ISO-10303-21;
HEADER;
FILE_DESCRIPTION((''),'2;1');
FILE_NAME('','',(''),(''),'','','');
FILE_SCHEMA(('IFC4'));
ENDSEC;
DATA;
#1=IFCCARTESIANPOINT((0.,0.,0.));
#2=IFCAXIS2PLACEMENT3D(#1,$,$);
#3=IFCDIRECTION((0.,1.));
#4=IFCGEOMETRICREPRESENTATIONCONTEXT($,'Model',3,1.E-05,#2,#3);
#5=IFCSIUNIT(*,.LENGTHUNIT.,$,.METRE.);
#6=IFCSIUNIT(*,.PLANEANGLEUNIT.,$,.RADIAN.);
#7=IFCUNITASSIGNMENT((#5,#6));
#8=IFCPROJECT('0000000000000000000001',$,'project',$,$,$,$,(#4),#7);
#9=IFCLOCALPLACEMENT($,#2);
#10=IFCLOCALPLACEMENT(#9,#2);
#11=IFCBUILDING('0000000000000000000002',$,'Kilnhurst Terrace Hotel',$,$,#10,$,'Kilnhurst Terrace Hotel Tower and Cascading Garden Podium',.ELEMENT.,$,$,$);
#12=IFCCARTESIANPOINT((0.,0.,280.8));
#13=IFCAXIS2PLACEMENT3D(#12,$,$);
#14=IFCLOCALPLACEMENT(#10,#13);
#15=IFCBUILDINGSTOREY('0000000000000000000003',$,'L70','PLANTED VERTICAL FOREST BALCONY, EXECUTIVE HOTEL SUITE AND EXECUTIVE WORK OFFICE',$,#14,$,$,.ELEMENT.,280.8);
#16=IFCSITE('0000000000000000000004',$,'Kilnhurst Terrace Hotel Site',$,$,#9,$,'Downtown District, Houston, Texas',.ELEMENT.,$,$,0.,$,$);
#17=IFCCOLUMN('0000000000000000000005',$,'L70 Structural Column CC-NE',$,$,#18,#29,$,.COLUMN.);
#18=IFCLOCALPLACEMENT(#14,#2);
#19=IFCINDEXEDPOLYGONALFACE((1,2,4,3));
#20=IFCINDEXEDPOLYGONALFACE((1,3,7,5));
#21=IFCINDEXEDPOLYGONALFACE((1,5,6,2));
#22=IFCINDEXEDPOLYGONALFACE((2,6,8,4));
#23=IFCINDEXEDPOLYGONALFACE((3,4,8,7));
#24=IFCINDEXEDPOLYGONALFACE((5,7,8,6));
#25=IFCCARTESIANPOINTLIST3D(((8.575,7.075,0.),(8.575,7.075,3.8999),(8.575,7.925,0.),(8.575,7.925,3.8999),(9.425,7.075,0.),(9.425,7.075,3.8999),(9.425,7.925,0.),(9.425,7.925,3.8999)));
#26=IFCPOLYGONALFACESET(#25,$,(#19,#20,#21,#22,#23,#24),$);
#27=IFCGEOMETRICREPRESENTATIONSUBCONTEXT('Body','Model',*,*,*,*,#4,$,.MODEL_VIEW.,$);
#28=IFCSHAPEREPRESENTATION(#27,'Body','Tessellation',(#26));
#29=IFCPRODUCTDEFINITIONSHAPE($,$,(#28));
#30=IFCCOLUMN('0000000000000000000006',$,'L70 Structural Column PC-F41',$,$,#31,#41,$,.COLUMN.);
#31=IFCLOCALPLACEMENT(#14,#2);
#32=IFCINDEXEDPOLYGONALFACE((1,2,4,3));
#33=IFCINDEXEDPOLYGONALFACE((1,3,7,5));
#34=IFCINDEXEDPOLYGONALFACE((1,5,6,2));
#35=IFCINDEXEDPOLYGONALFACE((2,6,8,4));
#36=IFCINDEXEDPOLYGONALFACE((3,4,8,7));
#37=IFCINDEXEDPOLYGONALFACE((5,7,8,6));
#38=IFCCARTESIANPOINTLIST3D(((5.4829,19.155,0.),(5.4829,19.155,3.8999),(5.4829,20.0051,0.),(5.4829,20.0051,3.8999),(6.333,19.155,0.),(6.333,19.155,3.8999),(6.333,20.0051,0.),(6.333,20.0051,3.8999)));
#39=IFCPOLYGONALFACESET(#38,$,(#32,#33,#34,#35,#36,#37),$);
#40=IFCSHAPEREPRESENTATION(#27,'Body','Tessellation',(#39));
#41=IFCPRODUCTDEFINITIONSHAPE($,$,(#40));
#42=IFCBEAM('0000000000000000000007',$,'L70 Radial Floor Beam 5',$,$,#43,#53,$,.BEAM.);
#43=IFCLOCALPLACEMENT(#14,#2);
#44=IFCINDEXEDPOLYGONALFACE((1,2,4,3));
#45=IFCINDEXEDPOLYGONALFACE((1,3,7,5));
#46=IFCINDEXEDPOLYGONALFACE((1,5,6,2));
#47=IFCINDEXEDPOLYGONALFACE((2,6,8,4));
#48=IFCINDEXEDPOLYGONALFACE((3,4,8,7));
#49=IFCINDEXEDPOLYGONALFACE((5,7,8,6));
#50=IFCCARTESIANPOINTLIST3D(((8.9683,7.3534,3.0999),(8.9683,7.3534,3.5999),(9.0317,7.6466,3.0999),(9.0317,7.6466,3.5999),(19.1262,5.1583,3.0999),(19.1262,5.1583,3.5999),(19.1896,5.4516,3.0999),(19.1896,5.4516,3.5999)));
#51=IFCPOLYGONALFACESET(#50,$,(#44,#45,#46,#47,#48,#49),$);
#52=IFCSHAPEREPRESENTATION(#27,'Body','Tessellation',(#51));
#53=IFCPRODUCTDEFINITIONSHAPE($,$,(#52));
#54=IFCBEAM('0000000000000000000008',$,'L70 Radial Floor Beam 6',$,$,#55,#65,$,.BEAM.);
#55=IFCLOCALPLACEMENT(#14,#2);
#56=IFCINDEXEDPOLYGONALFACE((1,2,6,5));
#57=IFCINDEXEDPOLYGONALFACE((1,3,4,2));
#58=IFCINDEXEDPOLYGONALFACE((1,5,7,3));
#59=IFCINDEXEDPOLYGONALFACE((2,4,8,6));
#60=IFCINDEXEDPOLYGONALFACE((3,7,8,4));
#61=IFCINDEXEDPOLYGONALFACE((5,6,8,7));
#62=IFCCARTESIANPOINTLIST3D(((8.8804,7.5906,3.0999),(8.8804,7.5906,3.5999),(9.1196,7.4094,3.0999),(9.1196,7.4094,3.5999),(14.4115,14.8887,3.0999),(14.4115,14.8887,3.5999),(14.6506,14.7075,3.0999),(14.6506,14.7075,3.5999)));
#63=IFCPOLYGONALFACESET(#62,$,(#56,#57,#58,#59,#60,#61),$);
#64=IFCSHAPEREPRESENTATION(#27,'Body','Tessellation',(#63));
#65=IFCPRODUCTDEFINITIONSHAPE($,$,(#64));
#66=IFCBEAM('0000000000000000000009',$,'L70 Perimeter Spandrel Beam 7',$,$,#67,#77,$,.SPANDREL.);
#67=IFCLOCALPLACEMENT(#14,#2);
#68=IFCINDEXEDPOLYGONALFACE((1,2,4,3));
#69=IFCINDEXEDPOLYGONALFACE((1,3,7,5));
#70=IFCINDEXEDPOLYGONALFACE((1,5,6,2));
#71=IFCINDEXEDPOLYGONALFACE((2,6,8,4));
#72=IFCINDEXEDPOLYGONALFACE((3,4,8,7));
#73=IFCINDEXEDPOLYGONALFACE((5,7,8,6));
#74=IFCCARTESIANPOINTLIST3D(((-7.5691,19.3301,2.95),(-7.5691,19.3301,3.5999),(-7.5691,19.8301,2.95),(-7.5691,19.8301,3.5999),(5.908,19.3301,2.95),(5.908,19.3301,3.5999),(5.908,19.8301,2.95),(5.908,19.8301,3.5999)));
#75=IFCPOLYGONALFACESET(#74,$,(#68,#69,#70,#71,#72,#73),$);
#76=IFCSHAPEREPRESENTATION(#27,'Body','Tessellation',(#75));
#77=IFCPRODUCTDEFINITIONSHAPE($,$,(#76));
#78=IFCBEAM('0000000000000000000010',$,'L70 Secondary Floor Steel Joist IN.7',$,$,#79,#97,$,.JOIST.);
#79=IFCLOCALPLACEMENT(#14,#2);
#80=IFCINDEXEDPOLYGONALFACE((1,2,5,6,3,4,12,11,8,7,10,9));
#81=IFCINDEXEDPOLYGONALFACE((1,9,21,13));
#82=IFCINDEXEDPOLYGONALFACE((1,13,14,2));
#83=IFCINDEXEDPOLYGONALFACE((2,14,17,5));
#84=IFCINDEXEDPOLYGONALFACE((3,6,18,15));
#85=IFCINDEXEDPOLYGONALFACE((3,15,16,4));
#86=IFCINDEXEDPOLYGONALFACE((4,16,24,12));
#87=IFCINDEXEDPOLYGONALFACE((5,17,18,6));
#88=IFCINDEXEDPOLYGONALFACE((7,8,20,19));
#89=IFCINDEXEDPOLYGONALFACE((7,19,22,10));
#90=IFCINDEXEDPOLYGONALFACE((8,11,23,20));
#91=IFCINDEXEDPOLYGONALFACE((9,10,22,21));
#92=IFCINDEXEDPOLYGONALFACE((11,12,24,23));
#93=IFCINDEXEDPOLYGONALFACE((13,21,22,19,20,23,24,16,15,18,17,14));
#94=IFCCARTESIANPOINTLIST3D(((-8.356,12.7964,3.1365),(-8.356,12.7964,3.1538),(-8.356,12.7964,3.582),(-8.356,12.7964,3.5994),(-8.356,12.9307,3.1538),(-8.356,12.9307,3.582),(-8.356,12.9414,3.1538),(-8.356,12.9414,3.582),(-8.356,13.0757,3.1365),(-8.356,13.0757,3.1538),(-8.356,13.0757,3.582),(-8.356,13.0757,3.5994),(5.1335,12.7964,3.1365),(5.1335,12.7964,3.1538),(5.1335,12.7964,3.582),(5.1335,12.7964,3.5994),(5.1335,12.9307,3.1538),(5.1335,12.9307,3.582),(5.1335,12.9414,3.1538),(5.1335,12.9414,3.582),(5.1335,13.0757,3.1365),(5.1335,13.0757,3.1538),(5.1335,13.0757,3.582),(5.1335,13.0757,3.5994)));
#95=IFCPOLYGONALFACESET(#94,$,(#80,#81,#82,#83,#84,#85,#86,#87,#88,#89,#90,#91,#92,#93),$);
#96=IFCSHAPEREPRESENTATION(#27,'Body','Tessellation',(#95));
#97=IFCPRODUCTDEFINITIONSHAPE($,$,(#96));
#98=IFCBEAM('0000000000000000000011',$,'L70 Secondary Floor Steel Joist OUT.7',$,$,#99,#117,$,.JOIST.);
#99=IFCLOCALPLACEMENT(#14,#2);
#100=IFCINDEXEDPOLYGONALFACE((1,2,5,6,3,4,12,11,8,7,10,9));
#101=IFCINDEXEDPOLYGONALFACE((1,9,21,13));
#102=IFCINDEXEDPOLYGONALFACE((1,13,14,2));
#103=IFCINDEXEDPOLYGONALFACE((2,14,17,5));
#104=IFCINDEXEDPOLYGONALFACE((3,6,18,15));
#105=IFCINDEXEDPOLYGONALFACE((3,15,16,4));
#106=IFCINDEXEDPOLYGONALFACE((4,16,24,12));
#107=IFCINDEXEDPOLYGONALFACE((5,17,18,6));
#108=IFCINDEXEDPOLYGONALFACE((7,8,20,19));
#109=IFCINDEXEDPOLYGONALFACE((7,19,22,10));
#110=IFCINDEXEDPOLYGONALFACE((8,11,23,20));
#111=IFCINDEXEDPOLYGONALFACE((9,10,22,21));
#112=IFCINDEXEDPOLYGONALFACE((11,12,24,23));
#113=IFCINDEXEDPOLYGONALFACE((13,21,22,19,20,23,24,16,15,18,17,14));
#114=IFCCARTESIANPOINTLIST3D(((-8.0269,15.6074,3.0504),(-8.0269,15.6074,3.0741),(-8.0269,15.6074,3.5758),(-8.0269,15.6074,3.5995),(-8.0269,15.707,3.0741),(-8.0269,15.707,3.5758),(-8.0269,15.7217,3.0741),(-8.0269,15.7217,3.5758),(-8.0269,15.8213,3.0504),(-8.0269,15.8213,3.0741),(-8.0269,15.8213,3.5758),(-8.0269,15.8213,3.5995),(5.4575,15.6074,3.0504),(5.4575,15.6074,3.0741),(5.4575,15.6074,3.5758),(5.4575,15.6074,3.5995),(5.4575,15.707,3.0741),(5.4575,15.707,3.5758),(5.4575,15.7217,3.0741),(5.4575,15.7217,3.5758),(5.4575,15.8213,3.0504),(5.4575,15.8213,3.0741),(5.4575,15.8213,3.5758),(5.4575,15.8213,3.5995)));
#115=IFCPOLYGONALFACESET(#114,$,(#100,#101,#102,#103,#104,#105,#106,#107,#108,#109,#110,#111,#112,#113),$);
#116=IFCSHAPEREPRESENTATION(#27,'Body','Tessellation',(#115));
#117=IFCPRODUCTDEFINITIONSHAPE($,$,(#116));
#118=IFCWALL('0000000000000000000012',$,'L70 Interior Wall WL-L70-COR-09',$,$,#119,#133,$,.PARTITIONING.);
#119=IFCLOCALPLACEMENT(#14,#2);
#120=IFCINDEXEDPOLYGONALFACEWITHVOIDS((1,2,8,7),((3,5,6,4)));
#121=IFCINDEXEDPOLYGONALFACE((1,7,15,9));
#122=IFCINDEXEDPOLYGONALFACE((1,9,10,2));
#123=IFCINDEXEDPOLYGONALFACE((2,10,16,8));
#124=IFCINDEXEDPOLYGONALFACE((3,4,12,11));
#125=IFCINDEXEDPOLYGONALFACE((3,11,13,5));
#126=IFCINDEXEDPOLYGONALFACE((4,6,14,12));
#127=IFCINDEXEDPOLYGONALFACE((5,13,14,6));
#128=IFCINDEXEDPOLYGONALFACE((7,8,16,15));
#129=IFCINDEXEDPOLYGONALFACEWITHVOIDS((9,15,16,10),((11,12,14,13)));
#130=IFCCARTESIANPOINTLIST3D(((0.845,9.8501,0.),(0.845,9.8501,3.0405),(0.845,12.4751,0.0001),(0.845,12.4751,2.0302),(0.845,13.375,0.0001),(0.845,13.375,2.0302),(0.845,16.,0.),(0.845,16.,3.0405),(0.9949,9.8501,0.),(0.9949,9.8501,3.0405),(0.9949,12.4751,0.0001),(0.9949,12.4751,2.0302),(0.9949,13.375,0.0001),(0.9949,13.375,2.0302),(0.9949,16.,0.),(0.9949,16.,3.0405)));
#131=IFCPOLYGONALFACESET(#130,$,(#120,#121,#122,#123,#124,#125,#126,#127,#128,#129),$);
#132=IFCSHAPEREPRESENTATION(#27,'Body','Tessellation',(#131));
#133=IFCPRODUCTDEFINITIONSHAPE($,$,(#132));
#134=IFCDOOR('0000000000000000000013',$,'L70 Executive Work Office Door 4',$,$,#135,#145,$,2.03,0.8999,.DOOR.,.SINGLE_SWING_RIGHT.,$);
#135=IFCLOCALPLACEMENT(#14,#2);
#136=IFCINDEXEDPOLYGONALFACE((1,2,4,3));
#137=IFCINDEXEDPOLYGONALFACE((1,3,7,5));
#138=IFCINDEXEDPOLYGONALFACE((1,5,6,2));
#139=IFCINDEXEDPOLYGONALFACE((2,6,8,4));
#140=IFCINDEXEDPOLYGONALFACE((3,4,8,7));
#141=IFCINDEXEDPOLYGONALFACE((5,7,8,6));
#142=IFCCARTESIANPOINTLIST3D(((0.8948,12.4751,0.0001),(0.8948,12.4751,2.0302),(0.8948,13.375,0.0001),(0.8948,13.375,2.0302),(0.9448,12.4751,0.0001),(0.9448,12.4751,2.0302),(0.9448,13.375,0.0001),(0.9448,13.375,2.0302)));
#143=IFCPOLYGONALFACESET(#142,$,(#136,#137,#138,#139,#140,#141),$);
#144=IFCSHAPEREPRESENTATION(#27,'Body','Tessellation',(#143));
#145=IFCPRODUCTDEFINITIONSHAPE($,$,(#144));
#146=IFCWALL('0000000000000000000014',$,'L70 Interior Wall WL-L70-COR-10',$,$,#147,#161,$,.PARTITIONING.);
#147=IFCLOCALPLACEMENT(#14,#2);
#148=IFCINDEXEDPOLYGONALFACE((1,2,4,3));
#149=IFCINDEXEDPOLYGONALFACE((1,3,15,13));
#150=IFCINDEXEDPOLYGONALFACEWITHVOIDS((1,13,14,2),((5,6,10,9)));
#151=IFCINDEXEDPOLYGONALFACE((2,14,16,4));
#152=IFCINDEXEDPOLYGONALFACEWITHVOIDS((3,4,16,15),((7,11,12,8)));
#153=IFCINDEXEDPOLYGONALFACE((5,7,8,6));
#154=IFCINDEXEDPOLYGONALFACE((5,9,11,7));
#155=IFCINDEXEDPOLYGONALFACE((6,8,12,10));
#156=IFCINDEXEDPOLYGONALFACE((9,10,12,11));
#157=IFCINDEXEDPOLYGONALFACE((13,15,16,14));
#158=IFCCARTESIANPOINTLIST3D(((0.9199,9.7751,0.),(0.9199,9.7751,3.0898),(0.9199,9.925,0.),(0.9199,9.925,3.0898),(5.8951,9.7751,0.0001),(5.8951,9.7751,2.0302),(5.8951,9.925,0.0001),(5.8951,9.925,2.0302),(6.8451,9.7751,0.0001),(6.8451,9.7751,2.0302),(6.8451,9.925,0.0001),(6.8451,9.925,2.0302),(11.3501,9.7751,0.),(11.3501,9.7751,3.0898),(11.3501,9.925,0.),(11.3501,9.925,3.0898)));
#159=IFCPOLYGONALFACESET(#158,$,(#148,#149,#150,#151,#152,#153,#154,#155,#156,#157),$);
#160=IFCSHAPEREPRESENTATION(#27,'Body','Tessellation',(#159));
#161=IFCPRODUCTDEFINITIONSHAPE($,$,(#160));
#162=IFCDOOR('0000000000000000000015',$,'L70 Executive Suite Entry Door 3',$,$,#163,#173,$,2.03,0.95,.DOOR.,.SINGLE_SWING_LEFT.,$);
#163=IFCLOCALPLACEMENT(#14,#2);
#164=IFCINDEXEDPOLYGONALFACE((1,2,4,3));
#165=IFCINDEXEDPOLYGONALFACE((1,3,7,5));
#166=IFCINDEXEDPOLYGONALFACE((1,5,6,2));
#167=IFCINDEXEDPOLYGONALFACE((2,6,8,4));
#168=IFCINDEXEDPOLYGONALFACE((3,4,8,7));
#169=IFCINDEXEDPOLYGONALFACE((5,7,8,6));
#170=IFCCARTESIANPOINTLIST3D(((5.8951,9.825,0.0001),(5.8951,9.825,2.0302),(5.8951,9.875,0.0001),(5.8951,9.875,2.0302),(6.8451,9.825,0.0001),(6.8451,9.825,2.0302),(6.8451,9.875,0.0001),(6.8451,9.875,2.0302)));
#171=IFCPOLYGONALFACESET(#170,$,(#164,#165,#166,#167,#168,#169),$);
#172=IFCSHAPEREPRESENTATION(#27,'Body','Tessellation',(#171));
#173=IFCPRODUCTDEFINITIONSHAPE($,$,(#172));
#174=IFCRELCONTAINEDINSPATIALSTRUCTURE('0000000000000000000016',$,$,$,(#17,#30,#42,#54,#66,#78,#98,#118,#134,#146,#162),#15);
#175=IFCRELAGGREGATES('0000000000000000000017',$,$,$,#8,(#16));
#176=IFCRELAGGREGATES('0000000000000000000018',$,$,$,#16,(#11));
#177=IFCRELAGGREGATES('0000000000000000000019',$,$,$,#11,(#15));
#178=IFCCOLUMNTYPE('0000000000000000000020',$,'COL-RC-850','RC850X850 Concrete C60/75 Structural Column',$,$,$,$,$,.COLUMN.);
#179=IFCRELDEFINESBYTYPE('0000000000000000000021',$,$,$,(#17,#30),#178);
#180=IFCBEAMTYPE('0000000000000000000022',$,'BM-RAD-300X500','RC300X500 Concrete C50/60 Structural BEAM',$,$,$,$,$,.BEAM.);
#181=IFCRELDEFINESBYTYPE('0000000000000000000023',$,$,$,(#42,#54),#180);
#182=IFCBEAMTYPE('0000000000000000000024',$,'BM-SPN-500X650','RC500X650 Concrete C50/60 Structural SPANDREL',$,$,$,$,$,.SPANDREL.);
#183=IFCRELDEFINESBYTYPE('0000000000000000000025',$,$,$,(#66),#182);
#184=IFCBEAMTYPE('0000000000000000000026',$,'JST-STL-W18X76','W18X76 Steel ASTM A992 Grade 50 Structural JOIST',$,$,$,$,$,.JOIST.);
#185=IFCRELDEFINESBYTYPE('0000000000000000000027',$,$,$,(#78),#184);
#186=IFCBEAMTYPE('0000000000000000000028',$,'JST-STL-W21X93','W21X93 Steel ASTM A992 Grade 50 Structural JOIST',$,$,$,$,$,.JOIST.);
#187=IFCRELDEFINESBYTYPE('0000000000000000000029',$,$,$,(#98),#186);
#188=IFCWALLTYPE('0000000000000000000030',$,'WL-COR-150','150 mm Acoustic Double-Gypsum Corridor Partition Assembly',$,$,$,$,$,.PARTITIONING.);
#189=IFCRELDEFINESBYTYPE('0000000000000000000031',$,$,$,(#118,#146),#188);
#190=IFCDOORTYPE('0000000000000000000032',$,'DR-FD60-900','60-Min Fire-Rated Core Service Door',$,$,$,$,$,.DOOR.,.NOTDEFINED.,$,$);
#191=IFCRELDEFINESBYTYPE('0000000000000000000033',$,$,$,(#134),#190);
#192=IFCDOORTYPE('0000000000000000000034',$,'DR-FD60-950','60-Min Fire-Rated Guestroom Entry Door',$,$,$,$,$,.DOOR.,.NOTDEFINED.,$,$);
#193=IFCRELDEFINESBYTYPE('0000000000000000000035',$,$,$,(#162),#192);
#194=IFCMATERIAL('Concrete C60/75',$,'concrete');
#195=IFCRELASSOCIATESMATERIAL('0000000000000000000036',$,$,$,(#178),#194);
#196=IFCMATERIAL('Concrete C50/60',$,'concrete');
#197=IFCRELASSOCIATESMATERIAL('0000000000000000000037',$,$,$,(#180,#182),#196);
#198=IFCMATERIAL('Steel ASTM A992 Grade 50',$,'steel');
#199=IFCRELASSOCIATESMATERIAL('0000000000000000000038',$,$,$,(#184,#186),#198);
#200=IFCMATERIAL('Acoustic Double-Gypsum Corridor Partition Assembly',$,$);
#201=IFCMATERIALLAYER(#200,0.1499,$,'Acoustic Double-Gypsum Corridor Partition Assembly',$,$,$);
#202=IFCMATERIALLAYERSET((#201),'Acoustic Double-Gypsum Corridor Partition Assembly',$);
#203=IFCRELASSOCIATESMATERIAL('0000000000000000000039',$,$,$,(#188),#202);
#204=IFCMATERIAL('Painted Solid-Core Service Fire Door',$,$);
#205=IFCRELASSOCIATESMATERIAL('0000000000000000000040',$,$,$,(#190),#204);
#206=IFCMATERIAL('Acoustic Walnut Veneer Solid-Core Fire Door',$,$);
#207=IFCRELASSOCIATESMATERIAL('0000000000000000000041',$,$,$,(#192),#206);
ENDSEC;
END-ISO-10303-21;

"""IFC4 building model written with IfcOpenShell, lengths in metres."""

from ifc_helpers import new_model, si_unit, direction, frame, frame_2d, origin, origin_2d, place, context, subcontext, project, spatial, rectangle, i_section, extrude, material, layer, layer_set, material_profile, profile_set, type_object, element, fill, save


model = new_model("IFC4")

# Units and contexts
model_context = context("Model", 3, precision=1e-05, world=origin(), true_north=direction((0.0, 1.0)))
body_context = subcontext(model_context, "Body", "Model", "MODEL_VIEW")
ifc_project = project(units=[si_unit("LENGTHUNIT", "METRE"), si_unit("PLANEANGLEUNIT", "RADIAN")], contexts=[model_context])

# Site, building, storey
site_placement = place(None, origin())
site = spatial("IfcSite", under=ifc_project, at=site_placement, Name="Kilnhurst Terrace Hotel Site", LongName="Downtown District, Houston, Texas", CompositionType="ELEMENT", RefElevation=0.0)
building_placement = place(site_placement, origin())
building = spatial("IfcBuilding", under=site, at=building_placement, Name="Kilnhurst Terrace Hotel", LongName="Kilnhurst Terrace Hotel Tower and Cascading Garden Podium", CompositionType="ELEMENT")
storey_placement = place(building_placement, frame((0.0, 0.0, 280.8)))
storey = spatial("IfcBuildingStorey", under=building, at=storey_placement, Name="L70", Description="PLANTED VERTICAL FOREST BALCONY, EXECUTIVE HOTEL SUITE AND EXECUTIVE WORK OFFICE", CompositionType="ELEMENT", Elevation=280.8)

# Columns
ifc_material_1 = material(Name="Concrete C60/75", Category="concrete")
ifc_material_profile_1 = material_profile(ifc_material_1, rectangle(XDim=0.8501, YDim=0.8501, at=origin_2d()), Name="RC850X850")
ifc_profile_set_1 = profile_set([ifc_material_profile_1], Name="Concrete C60/75")
column_type = type_object("IfcColumnType", Name="COL-RC-850", Description="RC850X850 Concrete C60/75 Structural Column", PredefinedType="COLUMN", material=ifc_profile_set_1)
for number, where, z_axis, x_axis, name in (
    (1, (9.0, 7.5, 0.0), (0.0, 0.0, 1.0), (1.0, 0.0, 0.0), "L70 Structural Column CC-NE"),
    (2, (5.908, 19.5801, 0.0), (0.0, 0.0, 1.0), (1.0, 0.0, 0.0), "L70 Structural Column PC-F41"),
):
    element("IfcColumn", number, at=place(storey_placement, frame(where, z_axis=z_axis, x_axis=x_axis)), inside=storey, type_object=column_type, Name=name, PredefinedType="COLUMN", context=body_context, shape_type="SweptSolid", body=[
        extrude(rectangle(XDim=0.8501, YDim=0.8501, at=origin_2d()), origin(), (0.0, 0.0, 1.0), 3.8999),
    ])

# Beams
ifc_material_2 = material(Name="Concrete C50/60", Category="concrete")
ifc_material_profile_2 = material_profile(ifc_material_2, rectangle(XDim=0.3, YDim=0.5, at=origin_2d()), Name="RC300X500")
ifc_profile_set_2 = profile_set([ifc_material_profile_2], Name="Concrete C50/60")
beam_type_1 = type_object("IfcBeamType", Name="BM-RAD-300X500", Description="RC300X500 Concrete C50/60 Structural BEAM", PredefinedType="BEAM", material=ifc_profile_set_2)
beam_1_placement = place(storey_placement, frame((9.0, 7.5, 3.3499), z_axis=(0.977439, -0.211218, 0.0), x_axis=(0.211218, 0.977439, 0.0)))
element("IfcBeam", 3, at=beam_1_placement, inside=storey, type_object=beam_type_1, Name="L70 Radial Floor Beam 5", PredefinedType="BEAM", context=body_context, shape_type="SweptSolid", body=[
    extrude(rectangle(XDim=0.3, YDim=0.5, at=origin_2d()), origin(), (0.0, 0.0, 1.0), 10.3923),
])
beam_2_placement = place(storey_placement, frame((9.0, 7.5, 3.3499), z_axis=(0.604007, 0.796979, 0.0), x_axis=(-0.796979, 0.604007, 0.0)))
element("IfcBeam", 4, at=beam_2_placement, inside=storey, type_object=beam_type_1, Name="L70 Radial Floor Beam 6", PredefinedType="BEAM", context=body_context, shape_type="SweptSolid", body=[
    extrude(rectangle(XDim=0.3, YDim=0.5, at=origin_2d()), origin(), (0.0, 0.0, 1.0), 9.1572),
])
ifc_material_profile_3 = material_profile(ifc_material_2, rectangle(XDim=0.5, YDim=0.6499, at=origin_2d()), Name="RC500X650")
ifc_profile_set_3 = profile_set([ifc_material_profile_3], Name="Concrete C50/60")
beam_type_2 = type_object("IfcBeamType", Name="BM-SPN-500X650", Description="RC500X650 Concrete C50/60 Structural SPANDREL", PredefinedType="SPANDREL", material=ifc_profile_set_3)
beam_3_placement = place(storey_placement, frame((5.908, 19.5801, 3.2749), z_axis=(-1.0, 0.0, 0.0), x_axis=(0.0, -1.0, 0.0)))
element("IfcBeam", 5, at=beam_3_placement, inside=storey, type_object=beam_type_2, Name="L70 Perimeter Spandrel Beam 7", PredefinedType="SPANDREL", context=body_context, shape_type="SweptSolid", body=[
    extrude(rectangle(XDim=0.5, YDim=0.6499, at=origin_2d()), origin(), (0.0, 0.0, 1.0), 13.4771),
])
ifc_material_3 = material(Name="Steel ASTM A992 Grade 50", Category="steel")
ifc_material_profile_4 = material_profile(ifc_material_3, i_section(OverallWidth=0.2793, OverallDepth=0.4629, WebThickness=0.0107, FlangeThickness=0.0173, at=origin_2d()), Name="W18X76")
ifc_profile_set_4 = profile_set([ifc_material_profile_4], Name="Steel ASTM A992 Grade 50")
beam_type_3 = type_object("IfcBeamType", Name="JST-STL-W18X76", Description="W18X76 Steel ASTM A992 Grade 50 Structural JOIST", PredefinedType="JOIST", material=ifc_profile_set_4)
beam_4_placement = place(storey_placement, frame((5.1335, 12.936, 3.3679), z_axis=(-1.0, 0.0, 0.0), x_axis=(0.0, -1.0, 0.0)))
element("IfcBeam", 6, at=beam_4_placement, inside=storey, type_object=beam_type_3, Name="L70 Secondary Floor Steel Joist IN.7", PredefinedType="JOIST", context=body_context, shape_type="SweptSolid", body=[
    extrude(i_section(OverallWidth=0.2793, OverallDepth=0.4629, WebThickness=0.0107, FlangeThickness=0.0173, at=origin_2d()), origin(), (0.0, 0.0, 1.0), 13.4895),
])
ifc_material_profile_5 = material_profile(ifc_material_3, i_section(OverallWidth=0.2139, OverallDepth=0.5491, WebThickness=0.0146, FlangeThickness=0.0237, at=origin_2d()), Name="W21X93")
ifc_profile_set_5 = profile_set([ifc_material_profile_5], Name="Steel ASTM A992 Grade 50")
beam_type_4 = type_object("IfcBeamType", Name="JST-STL-W21X93", Description="W21X93 Steel ASTM A992 Grade 50 Structural JOIST", PredefinedType="JOIST", material=ifc_profile_set_5)
beam_5_placement = place(storey_placement, frame((5.4575, 15.7144, 3.325), z_axis=(-1.0, 0.0, 0.0), x_axis=(0.0, -1.0, 0.0)))
element("IfcBeam", 7, at=beam_5_placement, inside=storey, type_object=beam_type_4, Name="L70 Secondary Floor Steel Joist OUT.7", PredefinedType="JOIST", context=body_context, shape_type="SweptSolid", body=[
    extrude(i_section(OverallWidth=0.2139, OverallDepth=0.5491, WebThickness=0.0146, FlangeThickness=0.0237, at=origin_2d()), origin(), (0.0, 0.0, 1.0), 13.4844),
])

# Walls, openings, doors
ifc_material_4 = material(Name="Acoustic Double-Gypsum Corridor Partition Assembly")
ifc_layer_1 = layer(ifc_material_4, 0.1499, Name="Acoustic Double-Gypsum Corridor Partition Assembly")
ifc_layer_set_1 = layer_set([ifc_layer_1], Name="Acoustic Double-Gypsum Corridor Partition Assembly")
wall_type_1 = type_object("IfcWallType", Name="WL-COR-150", Description="150 mm Acoustic Double-Gypsum Corridor Partition Assembly", PredefinedType="PARTITIONING", material=ifc_layer_set_1)
wall_1_placement = place(storey_placement, frame((0.9199, 16.0, 0.0), z_axis=(0.0, 0.0, 1.0), x_axis=(0.0, -1.0, 0.0)))
wall_1 = element("IfcWall", 8, at=wall_1_placement, inside=storey, type_object=wall_type_1, Name="L70 Interior Wall WL-L70-COR-09", PredefinedType="PARTITIONING", context=body_context, shape_type="SweptSolid", body=[
    extrude(rectangle(XDim=6.1499, YDim=0.1499, at=frame_2d((3.075, 0.0))), origin(), (0.0, 0.0, 1.0), 3.0405),
])
opening_1_placement = place(wall_1_placement, frame((2.625, 0.0, 0.0)))
opening_1 = element("IfcOpeningElement", 9, at=opening_1_placement, cuts=wall_1, PredefinedType="OPENING", context=body_context, shape_type="SweptSolid", body=[
    extrude(rectangle(XDim=0.8999, YDim=2.03, at=frame_2d((0.45, 1.0151))), frame((0.0, 0.085, 0.0), z_axis=(0.0, -1.0, 0.0), x_axis=(1.0, 0.0, 0.0)), (0.0, 0.0, 1.0), 0.1699),
])
ifc_material_5 = material(Name="Painted Solid-Core Service Fire Door")
door_type_1 = type_object("IfcDoorType", Name="DR-FD60-900", Description="60-Min Fire-Rated Core Service Door", OperationType="NOTDEFINED", PredefinedType="DOOR", material=ifc_material_5)
door_1_placement = place(opening_1_placement, origin())
door_1 = element("IfcDoor", 10, at=door_1_placement, inside=storey, type_object=door_type_1, Name="L70 Executive Work Office Door 4", OperationType="SINGLE_SWING_RIGHT", OverallHeight=2.03, OverallWidth=0.8999, PredefinedType="DOOR", context=body_context, shape_type="SweptSolid", body=[
    extrude(rectangle(XDim=0.8999, YDim=2.03, at=frame_2d((0.45, 1.0151))), frame((0.0, 0.0249, 0.0), z_axis=(0.0, -1.0, 0.0), x_axis=(1.0, 0.0, 0.0)), (0.0, 0.0, 1.0), 0.05),
])
fill(opening_1, door_1)
wall_2_placement = place(storey_placement, frame((0.9199, 9.8501, 0.0), z_axis=(0.0, 0.0, 1.0), x_axis=(1.0, 0.0, 0.0)))
wall_2 = element("IfcWall", 11, at=wall_2_placement, inside=storey, type_object=wall_type_1, Name="L70 Interior Wall WL-L70-COR-10", PredefinedType="PARTITIONING", context=body_context, shape_type="SweptSolid", body=[
    extrude(rectangle(XDim=10.4302, YDim=0.1499, at=frame_2d((5.2151, 0.0))), origin(), (0.0, 0.0, 1.0), 3.0898),
])
opening_2_placement = place(wall_2_placement, frame((4.9751, 0.0, 0.0)))
opening_2 = element("IfcOpeningElement", 12, at=opening_2_placement, cuts=wall_2, PredefinedType="OPENING", context=body_context, shape_type="SweptSolid", body=[
    extrude(rectangle(XDim=0.95, YDim=2.03, at=frame_2d((0.4751, 1.0151))), frame((0.0, 0.085, 0.0), z_axis=(0.0, -1.0, 0.0), x_axis=(1.0, 0.0, 0.0)), (0.0, 0.0, 1.0), 0.1699),
])
ifc_material_6 = material(Name="Acoustic Walnut Veneer Solid-Core Fire Door")
door_type_2 = type_object("IfcDoorType", Name="DR-FD60-950", Description="60-Min Fire-Rated Guestroom Entry Door", OperationType="NOTDEFINED", PredefinedType="DOOR", material=ifc_material_6)
door_2_placement = place(opening_2_placement, origin())
door_2 = element("IfcDoor", 13, at=door_2_placement, inside=storey, type_object=door_type_2, Name="L70 Executive Suite Entry Door 3", OperationType="SINGLE_SWING_LEFT", OverallHeight=2.03, OverallWidth=0.95, PredefinedType="DOOR", context=body_context, shape_type="SweptSolid", body=[
    extrude(rectangle(XDim=0.95, YDim=2.03, at=frame_2d((0.4751, 1.0151))), frame((0.0, 0.0249, 0.0), z_axis=(0.0, -1.0, 0.0), x_axis=(1.0, 0.0, 0.0)), (0.0, 0.0, 1.0), 0.05),
])
fill(opening_2, door_2)

save(model, "model.ifc")
